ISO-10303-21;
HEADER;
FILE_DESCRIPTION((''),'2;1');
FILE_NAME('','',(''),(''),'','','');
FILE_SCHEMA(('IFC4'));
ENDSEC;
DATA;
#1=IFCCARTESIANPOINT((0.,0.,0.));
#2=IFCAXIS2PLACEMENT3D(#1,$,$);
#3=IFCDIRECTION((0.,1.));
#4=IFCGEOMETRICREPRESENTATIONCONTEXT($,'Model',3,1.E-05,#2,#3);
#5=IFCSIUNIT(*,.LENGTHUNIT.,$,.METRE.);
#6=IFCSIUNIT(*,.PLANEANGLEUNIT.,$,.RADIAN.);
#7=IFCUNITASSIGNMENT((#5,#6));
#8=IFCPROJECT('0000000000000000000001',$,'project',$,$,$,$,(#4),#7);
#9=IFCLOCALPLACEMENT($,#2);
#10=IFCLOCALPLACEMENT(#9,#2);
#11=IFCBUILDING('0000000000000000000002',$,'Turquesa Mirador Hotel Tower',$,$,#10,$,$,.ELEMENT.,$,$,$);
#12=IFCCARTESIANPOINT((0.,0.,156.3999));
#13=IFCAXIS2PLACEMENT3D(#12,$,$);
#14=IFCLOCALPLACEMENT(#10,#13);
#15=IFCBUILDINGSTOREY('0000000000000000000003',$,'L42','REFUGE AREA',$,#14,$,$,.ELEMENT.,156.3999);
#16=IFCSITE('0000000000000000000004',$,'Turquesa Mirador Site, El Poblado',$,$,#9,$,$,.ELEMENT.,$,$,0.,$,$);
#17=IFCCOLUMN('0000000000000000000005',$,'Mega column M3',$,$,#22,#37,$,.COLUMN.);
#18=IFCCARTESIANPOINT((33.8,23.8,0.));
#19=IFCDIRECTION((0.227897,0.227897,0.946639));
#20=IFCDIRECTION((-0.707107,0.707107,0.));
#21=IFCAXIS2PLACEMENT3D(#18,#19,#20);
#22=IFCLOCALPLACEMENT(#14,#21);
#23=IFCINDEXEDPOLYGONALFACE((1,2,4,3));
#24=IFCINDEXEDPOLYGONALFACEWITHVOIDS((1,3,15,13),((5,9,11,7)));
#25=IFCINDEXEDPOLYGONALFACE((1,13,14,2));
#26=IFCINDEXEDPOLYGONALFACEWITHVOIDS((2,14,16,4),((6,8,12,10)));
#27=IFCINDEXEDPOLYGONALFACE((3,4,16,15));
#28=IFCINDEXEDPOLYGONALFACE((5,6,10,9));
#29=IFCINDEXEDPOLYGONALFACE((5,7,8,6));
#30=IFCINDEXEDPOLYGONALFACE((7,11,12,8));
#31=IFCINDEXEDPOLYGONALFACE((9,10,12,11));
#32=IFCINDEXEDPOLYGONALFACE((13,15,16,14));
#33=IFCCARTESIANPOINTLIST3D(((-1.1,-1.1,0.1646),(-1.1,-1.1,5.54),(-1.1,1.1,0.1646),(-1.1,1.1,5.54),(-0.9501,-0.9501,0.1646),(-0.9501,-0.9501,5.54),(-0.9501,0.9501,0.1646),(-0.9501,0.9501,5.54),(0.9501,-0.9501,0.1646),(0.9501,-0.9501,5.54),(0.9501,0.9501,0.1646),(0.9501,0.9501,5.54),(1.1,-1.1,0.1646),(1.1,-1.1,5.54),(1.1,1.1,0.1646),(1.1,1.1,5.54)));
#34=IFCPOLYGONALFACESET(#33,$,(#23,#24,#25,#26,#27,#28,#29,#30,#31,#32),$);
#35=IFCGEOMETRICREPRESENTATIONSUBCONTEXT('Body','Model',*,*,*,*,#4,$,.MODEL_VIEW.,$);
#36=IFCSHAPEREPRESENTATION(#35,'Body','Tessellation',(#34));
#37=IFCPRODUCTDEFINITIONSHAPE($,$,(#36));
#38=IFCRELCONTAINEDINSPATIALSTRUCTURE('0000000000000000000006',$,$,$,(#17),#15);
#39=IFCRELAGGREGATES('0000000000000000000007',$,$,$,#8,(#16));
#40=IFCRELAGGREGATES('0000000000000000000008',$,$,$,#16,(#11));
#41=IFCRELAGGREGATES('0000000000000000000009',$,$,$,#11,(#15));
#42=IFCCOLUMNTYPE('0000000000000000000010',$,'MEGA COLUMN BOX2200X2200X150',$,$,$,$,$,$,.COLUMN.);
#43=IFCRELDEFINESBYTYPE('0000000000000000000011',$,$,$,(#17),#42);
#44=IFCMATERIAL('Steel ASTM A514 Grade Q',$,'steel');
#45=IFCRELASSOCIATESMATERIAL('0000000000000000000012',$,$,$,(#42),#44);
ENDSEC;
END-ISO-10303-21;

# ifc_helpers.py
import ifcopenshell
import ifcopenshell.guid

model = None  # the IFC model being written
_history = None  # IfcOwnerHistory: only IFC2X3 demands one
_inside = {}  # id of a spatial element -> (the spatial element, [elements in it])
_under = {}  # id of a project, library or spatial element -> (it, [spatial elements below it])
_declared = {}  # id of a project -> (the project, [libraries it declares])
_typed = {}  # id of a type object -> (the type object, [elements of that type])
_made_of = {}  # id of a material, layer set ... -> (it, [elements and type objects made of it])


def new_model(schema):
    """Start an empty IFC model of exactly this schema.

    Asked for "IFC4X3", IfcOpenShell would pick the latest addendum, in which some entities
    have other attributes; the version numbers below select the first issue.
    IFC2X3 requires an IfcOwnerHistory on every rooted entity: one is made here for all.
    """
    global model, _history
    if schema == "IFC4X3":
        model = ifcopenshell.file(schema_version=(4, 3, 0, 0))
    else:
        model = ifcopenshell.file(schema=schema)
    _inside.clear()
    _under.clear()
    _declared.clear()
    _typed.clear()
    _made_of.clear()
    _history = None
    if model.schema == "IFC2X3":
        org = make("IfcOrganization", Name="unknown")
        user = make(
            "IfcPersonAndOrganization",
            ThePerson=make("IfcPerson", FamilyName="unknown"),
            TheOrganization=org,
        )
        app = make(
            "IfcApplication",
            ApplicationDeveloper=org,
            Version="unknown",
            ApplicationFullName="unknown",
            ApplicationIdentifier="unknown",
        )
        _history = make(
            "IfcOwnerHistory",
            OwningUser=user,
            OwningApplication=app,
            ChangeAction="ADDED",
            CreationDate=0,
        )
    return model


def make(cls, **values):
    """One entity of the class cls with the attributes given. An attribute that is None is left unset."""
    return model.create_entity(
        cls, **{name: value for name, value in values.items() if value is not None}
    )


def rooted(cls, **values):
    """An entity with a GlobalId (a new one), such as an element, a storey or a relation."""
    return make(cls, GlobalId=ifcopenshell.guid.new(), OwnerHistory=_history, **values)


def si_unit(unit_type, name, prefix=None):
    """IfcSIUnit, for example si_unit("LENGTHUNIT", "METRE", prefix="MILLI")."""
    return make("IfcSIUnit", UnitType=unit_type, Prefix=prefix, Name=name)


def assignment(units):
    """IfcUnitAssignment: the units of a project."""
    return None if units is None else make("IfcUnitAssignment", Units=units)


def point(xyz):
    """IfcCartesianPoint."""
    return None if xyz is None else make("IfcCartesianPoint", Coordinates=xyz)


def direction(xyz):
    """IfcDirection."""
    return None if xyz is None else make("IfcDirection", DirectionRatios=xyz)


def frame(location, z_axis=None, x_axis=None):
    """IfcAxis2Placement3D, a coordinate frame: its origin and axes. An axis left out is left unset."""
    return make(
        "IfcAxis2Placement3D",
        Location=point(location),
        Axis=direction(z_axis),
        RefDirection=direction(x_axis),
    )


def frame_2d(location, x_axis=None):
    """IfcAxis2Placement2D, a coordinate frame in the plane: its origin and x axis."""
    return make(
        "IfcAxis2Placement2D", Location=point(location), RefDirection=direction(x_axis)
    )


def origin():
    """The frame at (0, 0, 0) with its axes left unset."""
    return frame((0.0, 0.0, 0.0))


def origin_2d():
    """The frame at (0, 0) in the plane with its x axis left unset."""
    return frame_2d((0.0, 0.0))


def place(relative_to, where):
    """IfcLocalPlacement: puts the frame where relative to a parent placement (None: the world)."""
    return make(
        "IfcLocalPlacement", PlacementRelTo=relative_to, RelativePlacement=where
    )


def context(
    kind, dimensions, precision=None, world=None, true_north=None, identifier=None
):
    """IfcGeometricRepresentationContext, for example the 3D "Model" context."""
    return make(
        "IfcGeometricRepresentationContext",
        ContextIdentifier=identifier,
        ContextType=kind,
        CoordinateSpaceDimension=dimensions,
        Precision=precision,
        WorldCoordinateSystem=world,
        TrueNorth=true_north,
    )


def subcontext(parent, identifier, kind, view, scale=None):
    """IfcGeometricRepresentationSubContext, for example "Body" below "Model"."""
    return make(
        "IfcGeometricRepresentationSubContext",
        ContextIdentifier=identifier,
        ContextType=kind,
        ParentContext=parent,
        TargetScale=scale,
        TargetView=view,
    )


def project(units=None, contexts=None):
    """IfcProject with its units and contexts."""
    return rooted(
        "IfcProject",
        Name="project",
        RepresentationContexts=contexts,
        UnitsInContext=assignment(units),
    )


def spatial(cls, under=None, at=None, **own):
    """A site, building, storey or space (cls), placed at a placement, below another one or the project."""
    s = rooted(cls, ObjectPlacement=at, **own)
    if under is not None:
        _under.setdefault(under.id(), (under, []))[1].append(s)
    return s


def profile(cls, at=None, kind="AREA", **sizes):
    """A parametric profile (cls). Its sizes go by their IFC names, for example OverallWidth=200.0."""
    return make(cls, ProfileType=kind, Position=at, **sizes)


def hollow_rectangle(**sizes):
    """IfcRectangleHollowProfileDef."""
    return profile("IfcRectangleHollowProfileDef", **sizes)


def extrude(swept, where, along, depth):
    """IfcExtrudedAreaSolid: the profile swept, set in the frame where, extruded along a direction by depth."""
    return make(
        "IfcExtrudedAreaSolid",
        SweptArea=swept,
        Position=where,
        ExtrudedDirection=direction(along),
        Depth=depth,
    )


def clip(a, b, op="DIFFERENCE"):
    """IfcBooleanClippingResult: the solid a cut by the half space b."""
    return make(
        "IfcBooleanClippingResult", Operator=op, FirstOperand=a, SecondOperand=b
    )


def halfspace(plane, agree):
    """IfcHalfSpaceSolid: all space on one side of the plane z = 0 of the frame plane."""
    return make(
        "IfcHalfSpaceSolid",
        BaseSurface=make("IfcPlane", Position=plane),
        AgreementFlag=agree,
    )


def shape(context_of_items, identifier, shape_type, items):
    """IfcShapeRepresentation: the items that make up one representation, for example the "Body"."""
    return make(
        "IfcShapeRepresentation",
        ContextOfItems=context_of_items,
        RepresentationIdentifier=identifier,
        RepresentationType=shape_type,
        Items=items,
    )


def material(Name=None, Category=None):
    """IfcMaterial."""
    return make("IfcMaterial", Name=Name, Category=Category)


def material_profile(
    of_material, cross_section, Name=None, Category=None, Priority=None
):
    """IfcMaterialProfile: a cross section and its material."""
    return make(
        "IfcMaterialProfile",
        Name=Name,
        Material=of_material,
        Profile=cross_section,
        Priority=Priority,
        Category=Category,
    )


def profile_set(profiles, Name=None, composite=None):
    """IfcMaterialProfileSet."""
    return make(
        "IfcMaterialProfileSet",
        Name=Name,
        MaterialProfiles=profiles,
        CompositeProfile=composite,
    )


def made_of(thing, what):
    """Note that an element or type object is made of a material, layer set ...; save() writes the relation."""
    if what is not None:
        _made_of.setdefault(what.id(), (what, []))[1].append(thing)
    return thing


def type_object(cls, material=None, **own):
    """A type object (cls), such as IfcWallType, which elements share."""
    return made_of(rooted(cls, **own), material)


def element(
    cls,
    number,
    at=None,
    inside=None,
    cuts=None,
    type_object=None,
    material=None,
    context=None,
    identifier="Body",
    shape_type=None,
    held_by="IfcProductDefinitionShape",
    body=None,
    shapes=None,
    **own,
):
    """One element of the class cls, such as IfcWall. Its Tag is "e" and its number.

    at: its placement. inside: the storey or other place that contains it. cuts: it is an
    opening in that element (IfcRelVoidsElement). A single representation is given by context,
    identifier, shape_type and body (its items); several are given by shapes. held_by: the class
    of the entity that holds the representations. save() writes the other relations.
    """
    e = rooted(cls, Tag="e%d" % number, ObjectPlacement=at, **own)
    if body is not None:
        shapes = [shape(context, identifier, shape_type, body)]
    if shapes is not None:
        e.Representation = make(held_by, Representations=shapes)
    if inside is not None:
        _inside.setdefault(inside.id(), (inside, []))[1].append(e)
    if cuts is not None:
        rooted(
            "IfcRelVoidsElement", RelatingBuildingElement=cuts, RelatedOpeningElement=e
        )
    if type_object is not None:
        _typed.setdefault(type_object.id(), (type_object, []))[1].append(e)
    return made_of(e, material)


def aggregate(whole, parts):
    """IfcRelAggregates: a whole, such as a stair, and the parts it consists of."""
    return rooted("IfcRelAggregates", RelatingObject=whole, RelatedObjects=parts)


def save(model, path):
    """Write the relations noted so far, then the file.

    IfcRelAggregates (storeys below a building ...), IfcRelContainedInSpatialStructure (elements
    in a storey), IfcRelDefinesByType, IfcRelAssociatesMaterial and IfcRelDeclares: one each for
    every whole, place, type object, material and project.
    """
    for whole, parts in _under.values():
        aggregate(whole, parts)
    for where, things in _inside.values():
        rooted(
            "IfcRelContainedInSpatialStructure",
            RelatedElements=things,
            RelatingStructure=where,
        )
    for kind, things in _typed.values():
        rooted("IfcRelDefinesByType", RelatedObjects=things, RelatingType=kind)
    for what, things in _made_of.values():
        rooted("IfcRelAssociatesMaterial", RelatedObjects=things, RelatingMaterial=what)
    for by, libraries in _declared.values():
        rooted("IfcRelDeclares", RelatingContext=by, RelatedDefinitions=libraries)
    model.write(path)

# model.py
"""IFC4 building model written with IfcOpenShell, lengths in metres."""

from ifc_helpers import new_model, si_unit, direction, frame, origin, origin_2d, place, context, subcontext, project, spatial, hollow_rectangle, extrude, clip, halfspace, material, material_profile, profile_set, type_object, element, save


model = new_model("IFC4")

# Units and contexts
model_context = context("Model", 3, precision=1e-05, world=origin(), true_north=direction((0.0, 1.0)))
body_context = subcontext(model_context, "Body", "Model", "MODEL_VIEW")
ifc_project = project(units=[si_unit("LENGTHUNIT", "METRE"), si_unit("PLANEANGLEUNIT", "RADIAN")], contexts=[model_context])

# Site, building, storey
site_placement = place(None, origin())
site = spatial("IfcSite", under=ifc_project, at=site_placement, Name="Turquesa Mirador Site, El Poblado", CompositionType="ELEMENT", RefElevation=0.0)
building_placement = place(site_placement, origin())
building = spatial("IfcBuilding", under=site, at=building_placement, Name="Turquesa Mirador Hotel Tower", CompositionType="ELEMENT")
storey_placement = place(building_placement, frame((0.0, 0.0, 156.3999)))
storey = spatial("IfcBuildingStorey", under=building, at=storey_placement, Name="L42", Description="REFUGE AREA", CompositionType="ELEMENT", Elevation=156.3999)

# Column
ifc_material_1 = material(Name="Steel ASTM A514 Grade Q", Category="steel")
ifc_material_profile_1 = material_profile(ifc_material_1, hollow_rectangle(XDim=2.2, YDim=2.2, WallThickness=0.1499, at=origin_2d()), Name="BOX2200X2200X150")
ifc_profile_set_1 = profile_set([ifc_material_profile_1], Name="Steel ASTM A514 Grade Q")
column_type = type_object("IfcColumnType", Name="MEGA COLUMN BOX2200X2200X150", PredefinedType="COLUMN", material=ifc_profile_set_1)
column_placement = place(storey_placement, frame((33.8, 23.8, 0.0), z_axis=(0.227897, 0.227897, 0.946639), x_axis=(-0.707107, 0.707107, 0.0)))
element("IfcColumn", 1, at=column_placement, inside=storey, type_object=column_type, Name="Mega column M3", PredefinedType="COLUMN", context=body_context, shape_type="Clipping", body=[
    clip(clip(extrude(hollow_rectangle(XDim=2.2, YDim=2.2, WallThickness=0.1499, at=origin_2d()), origin(), (0.0, 0.0, 1.0), 5.7046), halfspace(frame((0.0, 0.0, 0.1646), z_axis=(0.0, 0.0, -1.0), x_axis=(1.0, 0.0, 0.0)), False)), halfspace(frame((0.0, 0.0, 5.54), z_axis=(0.0, 0.0, 1.0), x_axis=(1.0, 0.0, 0.0)), False)),
])

save(model, "model.ifc")
